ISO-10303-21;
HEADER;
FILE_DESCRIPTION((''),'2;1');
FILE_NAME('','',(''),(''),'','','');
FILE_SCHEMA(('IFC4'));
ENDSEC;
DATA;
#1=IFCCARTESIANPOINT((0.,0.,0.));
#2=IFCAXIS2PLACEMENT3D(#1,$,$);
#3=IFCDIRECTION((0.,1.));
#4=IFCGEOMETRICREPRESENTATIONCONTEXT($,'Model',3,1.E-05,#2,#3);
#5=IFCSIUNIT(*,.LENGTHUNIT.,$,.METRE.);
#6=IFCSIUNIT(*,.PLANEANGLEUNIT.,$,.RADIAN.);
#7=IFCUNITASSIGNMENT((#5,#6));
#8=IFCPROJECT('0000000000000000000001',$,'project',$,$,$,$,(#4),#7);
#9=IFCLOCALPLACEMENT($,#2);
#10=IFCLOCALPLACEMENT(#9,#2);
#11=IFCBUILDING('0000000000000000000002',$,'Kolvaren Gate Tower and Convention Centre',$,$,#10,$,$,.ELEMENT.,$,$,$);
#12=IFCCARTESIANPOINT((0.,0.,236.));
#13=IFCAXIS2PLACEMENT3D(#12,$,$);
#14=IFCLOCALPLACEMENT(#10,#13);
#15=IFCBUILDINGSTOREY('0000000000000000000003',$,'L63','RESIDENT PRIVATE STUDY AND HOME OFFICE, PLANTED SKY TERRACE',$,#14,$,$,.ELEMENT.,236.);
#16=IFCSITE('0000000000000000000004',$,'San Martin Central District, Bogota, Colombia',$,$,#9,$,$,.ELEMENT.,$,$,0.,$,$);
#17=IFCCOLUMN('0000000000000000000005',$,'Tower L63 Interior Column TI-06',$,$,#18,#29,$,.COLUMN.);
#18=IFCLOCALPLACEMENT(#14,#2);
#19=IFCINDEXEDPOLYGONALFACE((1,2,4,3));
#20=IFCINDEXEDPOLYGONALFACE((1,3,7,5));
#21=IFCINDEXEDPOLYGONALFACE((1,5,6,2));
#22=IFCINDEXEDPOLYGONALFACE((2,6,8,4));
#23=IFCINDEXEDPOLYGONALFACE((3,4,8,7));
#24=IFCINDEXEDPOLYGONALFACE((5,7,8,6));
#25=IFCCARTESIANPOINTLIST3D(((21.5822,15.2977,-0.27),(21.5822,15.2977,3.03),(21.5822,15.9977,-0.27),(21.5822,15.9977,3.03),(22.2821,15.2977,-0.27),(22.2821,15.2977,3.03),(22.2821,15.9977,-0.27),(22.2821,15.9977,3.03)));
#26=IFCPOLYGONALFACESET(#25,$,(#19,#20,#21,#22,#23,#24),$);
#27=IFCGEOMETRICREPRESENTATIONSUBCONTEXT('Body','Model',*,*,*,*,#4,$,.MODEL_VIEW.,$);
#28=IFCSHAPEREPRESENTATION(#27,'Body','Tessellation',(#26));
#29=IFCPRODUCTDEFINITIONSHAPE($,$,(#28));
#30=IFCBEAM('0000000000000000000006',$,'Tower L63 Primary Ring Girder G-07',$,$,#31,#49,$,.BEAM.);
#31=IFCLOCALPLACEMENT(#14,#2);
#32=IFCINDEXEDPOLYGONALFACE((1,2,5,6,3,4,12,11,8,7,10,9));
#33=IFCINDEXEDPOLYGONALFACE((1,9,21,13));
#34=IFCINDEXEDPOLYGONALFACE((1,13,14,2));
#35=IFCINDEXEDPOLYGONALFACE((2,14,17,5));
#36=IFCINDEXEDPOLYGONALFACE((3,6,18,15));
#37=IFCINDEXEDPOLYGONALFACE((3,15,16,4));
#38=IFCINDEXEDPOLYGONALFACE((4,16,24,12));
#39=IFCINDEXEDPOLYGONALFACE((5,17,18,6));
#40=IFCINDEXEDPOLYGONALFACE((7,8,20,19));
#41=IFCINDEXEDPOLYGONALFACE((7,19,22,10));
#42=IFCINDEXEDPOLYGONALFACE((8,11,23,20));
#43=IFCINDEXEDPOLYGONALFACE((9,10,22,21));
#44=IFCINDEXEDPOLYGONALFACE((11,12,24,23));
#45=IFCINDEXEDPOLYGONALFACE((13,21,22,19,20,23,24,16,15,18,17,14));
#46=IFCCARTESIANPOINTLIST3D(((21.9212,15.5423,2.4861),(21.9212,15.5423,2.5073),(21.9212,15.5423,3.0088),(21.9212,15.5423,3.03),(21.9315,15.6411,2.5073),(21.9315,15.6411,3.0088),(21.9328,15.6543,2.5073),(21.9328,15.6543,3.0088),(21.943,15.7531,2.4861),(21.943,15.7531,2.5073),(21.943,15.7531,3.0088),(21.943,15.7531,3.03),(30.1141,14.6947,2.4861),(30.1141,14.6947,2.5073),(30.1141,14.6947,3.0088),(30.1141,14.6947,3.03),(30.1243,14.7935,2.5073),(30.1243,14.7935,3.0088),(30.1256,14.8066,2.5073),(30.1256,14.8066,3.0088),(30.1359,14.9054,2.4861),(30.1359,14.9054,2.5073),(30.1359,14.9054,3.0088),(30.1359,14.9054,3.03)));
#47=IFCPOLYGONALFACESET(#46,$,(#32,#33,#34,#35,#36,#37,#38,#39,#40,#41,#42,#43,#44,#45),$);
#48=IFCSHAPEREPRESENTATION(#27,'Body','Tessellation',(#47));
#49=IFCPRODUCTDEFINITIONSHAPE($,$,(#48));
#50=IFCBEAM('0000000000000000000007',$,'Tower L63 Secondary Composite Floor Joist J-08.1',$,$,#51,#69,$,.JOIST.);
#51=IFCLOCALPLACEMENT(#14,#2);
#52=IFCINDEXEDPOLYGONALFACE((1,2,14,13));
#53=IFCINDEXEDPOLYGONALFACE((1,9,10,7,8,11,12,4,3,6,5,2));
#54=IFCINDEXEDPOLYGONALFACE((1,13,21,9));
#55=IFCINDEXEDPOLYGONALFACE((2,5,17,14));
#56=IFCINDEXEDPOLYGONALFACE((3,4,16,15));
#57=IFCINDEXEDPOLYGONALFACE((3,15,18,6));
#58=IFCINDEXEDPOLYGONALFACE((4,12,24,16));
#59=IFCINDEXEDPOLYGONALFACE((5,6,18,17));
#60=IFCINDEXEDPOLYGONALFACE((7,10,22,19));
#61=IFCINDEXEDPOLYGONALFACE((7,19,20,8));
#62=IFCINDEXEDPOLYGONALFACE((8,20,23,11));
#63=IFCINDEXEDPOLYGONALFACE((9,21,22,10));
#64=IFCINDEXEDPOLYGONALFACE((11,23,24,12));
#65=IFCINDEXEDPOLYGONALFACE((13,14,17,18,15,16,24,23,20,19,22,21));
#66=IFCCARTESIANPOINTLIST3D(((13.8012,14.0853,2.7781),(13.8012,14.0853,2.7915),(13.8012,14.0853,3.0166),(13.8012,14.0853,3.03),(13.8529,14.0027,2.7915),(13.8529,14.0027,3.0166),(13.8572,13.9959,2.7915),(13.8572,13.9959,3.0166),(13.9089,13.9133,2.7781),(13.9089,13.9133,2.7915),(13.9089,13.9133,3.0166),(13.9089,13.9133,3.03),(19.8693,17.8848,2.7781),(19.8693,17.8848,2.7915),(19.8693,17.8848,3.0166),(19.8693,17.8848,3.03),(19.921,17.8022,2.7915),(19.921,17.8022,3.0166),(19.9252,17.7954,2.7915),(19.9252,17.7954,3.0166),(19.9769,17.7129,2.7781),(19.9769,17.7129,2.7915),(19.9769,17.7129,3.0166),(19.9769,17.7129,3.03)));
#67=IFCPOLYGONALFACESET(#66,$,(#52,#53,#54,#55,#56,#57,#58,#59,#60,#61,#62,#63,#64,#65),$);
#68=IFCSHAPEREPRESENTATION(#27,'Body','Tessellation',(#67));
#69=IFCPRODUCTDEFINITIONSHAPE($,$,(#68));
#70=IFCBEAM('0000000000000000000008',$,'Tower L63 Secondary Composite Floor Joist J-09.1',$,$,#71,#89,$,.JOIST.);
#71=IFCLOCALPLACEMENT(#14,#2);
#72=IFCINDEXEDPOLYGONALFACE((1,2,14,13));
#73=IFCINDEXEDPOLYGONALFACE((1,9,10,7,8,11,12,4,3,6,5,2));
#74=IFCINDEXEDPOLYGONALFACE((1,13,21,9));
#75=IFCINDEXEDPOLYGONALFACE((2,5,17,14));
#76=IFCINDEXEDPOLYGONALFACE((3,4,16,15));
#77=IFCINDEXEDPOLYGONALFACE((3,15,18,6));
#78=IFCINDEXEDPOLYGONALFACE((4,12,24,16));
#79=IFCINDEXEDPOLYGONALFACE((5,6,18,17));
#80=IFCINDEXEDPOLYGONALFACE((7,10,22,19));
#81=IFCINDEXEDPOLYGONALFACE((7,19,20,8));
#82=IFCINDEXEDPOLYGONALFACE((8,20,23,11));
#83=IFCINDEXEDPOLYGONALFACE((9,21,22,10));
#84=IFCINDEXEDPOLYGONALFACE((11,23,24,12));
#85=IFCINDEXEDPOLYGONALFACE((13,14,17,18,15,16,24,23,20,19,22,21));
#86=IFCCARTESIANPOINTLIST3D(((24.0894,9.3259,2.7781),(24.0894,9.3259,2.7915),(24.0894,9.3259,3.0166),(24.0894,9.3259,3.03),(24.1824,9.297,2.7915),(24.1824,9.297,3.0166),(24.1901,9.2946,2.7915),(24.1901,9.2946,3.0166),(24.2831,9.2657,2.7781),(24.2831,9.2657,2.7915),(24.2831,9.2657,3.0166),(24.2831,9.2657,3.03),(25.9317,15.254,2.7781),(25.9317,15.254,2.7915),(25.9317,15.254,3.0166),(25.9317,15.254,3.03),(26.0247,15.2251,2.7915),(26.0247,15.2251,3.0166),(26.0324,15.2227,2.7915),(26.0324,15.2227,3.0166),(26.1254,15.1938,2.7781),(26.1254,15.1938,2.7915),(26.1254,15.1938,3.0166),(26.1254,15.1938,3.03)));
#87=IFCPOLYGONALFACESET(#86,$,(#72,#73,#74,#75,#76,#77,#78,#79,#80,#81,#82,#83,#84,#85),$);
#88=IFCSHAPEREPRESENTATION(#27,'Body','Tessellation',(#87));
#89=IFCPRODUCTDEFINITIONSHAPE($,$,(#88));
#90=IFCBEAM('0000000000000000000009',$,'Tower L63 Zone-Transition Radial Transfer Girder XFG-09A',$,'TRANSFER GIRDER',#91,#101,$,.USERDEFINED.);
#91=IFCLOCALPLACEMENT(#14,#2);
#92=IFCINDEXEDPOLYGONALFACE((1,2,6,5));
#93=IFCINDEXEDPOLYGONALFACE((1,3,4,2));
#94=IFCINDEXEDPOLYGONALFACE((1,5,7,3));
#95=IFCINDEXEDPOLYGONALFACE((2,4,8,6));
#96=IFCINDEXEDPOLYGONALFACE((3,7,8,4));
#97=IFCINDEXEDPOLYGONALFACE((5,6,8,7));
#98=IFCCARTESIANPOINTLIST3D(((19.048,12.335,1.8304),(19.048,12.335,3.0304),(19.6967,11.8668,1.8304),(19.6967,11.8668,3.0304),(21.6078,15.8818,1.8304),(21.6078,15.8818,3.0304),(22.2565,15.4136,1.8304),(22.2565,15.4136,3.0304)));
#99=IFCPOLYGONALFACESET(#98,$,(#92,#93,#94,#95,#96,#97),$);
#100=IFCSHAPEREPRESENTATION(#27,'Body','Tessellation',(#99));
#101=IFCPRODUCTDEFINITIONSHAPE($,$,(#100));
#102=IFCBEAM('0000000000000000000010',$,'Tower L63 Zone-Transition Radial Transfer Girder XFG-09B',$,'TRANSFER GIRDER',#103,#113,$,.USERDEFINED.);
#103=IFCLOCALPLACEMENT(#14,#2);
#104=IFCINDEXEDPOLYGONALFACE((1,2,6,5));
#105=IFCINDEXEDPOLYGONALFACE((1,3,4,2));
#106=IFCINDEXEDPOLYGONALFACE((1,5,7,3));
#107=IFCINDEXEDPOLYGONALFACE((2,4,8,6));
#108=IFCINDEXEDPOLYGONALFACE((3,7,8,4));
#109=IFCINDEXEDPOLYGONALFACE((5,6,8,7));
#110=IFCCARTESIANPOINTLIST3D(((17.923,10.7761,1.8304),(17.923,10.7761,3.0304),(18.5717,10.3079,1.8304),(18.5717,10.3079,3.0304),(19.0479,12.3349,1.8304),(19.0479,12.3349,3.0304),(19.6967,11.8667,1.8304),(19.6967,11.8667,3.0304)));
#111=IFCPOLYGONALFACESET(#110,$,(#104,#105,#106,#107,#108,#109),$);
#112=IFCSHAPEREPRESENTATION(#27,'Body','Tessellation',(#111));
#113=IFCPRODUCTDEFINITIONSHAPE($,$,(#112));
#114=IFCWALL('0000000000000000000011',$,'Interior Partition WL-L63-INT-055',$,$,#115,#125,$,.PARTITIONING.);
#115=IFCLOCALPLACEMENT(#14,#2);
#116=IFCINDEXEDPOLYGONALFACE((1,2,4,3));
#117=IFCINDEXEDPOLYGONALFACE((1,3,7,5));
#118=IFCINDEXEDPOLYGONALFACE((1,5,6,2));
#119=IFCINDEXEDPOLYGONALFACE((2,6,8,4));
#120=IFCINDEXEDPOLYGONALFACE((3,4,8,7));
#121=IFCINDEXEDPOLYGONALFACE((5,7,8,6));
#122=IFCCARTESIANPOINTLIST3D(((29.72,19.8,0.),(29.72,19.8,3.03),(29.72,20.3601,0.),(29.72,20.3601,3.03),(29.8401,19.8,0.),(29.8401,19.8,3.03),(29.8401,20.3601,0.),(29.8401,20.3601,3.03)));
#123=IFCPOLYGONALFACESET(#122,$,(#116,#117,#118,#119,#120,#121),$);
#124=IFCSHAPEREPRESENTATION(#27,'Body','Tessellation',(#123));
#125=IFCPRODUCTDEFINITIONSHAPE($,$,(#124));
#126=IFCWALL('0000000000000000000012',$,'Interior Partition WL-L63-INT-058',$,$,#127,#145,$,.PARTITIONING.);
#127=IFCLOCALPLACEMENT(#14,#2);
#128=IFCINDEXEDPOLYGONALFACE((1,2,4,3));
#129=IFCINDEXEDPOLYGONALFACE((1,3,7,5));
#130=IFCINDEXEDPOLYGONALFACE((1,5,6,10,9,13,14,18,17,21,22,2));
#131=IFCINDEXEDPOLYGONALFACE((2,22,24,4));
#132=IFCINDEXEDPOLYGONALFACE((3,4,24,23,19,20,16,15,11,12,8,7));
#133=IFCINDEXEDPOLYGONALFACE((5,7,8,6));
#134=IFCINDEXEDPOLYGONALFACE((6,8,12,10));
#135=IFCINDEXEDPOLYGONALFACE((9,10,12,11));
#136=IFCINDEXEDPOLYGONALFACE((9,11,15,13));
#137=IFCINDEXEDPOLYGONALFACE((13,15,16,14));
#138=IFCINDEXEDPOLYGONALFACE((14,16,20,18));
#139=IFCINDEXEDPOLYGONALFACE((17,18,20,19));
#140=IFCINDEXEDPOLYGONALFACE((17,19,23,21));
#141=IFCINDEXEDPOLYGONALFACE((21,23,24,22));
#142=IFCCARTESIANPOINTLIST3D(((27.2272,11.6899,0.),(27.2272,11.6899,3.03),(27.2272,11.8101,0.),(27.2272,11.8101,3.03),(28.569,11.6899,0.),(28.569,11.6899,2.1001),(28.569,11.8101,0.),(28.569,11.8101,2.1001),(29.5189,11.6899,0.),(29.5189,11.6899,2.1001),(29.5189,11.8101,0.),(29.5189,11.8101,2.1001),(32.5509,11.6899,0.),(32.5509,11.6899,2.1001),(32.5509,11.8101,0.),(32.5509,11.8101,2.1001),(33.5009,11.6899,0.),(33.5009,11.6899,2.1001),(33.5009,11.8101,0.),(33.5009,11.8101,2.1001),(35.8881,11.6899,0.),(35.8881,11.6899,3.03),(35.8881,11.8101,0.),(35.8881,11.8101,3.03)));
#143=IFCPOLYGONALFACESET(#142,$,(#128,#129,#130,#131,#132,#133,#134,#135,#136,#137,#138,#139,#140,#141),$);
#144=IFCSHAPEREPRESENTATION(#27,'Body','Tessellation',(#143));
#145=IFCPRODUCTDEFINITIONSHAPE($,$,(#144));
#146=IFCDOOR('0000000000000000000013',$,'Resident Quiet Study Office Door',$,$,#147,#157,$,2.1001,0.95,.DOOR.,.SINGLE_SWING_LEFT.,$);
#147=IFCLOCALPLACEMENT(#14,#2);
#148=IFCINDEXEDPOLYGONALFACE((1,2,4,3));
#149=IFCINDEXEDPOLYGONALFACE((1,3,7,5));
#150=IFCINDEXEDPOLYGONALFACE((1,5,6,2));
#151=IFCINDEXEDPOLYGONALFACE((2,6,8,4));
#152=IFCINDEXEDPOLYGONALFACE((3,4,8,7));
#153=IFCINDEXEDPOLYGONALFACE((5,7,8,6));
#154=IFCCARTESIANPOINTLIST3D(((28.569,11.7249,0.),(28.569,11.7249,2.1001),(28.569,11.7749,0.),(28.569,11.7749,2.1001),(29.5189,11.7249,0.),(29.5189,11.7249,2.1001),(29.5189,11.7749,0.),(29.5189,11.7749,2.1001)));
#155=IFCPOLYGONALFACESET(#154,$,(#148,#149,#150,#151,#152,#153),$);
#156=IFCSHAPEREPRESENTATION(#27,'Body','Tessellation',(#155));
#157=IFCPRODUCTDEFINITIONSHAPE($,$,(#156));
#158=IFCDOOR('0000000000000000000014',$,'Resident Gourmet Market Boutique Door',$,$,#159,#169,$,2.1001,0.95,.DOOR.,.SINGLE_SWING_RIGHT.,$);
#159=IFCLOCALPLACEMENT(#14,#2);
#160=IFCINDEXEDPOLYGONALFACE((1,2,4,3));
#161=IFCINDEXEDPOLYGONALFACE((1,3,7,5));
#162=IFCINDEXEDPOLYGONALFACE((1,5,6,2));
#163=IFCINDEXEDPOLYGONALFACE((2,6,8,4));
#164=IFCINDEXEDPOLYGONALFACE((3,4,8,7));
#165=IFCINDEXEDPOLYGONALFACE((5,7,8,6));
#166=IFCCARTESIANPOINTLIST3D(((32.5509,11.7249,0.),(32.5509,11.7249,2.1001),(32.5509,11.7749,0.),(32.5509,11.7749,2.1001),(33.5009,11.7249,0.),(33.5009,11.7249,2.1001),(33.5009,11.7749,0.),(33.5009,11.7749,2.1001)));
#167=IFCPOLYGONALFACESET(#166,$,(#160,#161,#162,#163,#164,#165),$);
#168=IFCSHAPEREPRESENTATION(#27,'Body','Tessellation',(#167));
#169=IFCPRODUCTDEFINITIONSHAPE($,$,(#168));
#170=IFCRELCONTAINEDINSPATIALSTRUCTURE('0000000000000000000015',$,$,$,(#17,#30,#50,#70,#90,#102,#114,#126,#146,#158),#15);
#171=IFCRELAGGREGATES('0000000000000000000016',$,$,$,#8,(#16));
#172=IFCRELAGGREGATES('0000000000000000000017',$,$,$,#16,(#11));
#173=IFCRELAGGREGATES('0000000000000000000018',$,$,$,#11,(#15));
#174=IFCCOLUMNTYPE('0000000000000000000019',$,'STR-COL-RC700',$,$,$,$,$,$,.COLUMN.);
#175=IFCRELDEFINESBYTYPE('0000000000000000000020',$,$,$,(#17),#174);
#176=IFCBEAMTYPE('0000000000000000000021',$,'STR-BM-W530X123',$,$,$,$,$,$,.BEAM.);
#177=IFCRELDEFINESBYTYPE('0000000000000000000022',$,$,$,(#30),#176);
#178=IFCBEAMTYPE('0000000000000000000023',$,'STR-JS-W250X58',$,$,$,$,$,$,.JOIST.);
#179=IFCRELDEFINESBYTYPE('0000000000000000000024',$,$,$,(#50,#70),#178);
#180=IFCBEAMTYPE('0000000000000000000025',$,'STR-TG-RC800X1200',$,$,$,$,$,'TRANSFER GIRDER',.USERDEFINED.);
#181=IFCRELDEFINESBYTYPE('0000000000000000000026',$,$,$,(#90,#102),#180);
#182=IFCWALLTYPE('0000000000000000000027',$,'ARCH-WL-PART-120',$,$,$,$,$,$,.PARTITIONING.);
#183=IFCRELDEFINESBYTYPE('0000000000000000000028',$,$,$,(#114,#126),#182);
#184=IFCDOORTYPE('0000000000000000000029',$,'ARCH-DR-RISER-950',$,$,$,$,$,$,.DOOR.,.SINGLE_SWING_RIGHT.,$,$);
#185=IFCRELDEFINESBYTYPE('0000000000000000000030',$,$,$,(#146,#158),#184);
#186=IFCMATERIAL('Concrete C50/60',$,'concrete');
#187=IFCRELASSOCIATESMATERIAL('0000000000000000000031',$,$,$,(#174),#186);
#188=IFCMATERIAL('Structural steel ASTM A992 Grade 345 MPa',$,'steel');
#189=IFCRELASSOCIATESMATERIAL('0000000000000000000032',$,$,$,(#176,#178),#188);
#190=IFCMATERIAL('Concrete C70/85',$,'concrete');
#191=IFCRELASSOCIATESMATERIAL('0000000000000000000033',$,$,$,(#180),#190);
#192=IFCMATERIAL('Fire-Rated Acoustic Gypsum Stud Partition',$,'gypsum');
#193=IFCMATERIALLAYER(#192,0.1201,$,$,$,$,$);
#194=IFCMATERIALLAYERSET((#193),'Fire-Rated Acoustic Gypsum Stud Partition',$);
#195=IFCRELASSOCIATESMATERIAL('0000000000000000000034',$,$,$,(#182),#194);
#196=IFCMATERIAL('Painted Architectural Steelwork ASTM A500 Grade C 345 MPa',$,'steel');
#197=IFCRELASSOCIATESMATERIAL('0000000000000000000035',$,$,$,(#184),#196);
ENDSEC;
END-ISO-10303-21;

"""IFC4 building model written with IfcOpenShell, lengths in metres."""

from ifc_helpers import new_model, si_unit, direction, frame, frame_2d, origin, origin_2d, place, context, subcontext, project, spatial, rectangle, i_section, extrude, material, layer, layer_set, material_profile, profile_set, type_object, element, fill, save


model = new_model("IFC4")

# Units and contexts
model_context = context("Model", 3, precision=1e-05, world=origin(), true_north=direction((0.0, 1.0)))
body_context = subcontext(model_context, "Body", "Model", "MODEL_VIEW")
ifc_project = project(units=[si_unit("LENGTHUNIT", "METRE"), si_unit("PLANEANGLEUNIT", "RADIAN")], contexts=[model_context])

# Site, building, storey
site_placement = place(None, origin())
site = spatial("IfcSite", under=ifc_project, at=site_placement, Name="San Martin Central District, Bogota, Colombia", CompositionType="ELEMENT", RefElevation=0.0)
building_placement = place(site_placement, origin())
building = spatial("IfcBuilding", under=site, at=building_placement, Name="Kolvaren Gate Tower and Convention Centre", CompositionType="ELEMENT")
storey_placement = place(building_placement, frame((0.0, 0.0, 236.0)))
storey = spatial("IfcBuildingStorey", under=building, at=storey_placement, Name="L63", Description="RESIDENT PRIVATE STUDY AND HOME OFFICE, PLANTED SKY TERRACE", CompositionType="ELEMENT", Elevation=236.0)

# Column
ifc_material_1 = material(Name="Concrete C50/60", Category="concrete")
ifc_material_profile_1 = material_profile(ifc_material_1, rectangle(XDim=0.7, YDim=0.7, at=origin_2d()), Name="RC-COL-700X700")
ifc_profile_set_1 = profile_set([ifc_material_profile_1], Name="Concrete C50/60")
column_type = type_object("IfcColumnType", Name="STR-COL-RC700", PredefinedType="COLUMN", material=ifc_profile_set_1)
column_placement = place(storey_placement, frame((21.9321, 15.6477, -0.27), z_axis=(0.0, 0.0, 1.0), x_axis=(1.0, 0.0, 0.0)))
element("IfcColumn", 1, at=column_placement, inside=storey, type_object=column_type, Name="Tower L63 Interior Column TI-06", PredefinedType="COLUMN", context=body_context, shape_type="SweptSolid", body=[
    extrude(rectangle(XDim=0.7, YDim=0.7, at=origin_2d()), origin(), (0.0, 0.0, 1.0), 3.3),
])

# Beams
ifc_material_2 = material(Name="Structural steel ASTM A992 Grade 345 MPa", Category="steel")
ifc_material_profile_2 = material_profile(ifc_material_2, i_section(OverallWidth=0.2119, OverallDepth=0.5439, WebThickness=0.0132, FlangeThickness=0.0212, at=origin_2d()), Name="W530X123")
ifc_profile_set_2 = profile_set([ifc_material_profile_2], Name="Structural steel ASTM A992 Grade 345 MPa")
beam_type_1 = type_object("IfcBeamType", Name="STR-BM-W530X123", PredefinedType="BEAM", material=ifc_profile_set_2)
beam_1_placement = place(storey_placement, frame((21.9321, 15.6477, 2.7581), z_axis=(0.99469, -0.102913, 0.0), x_axis=(0.102913, 0.99469, 0.0)))
element("IfcBeam", 2, at=beam_1_placement, inside=storey, type_object=beam_type_1, Name="Tower L63 Primary Ring Girder G-07", PredefinedType="BEAM", context=body_context, shape_type="SweptSolid", body=[
    extrude(i_section(OverallWidth=0.2119, OverallDepth=0.5439, WebThickness=0.0132, FlangeThickness=0.0212, at=origin_2d()), origin(), (0.0, 0.0, 1.0), 8.2366),
])
ifc_material_profile_3 = material_profile(ifc_material_2, i_section(OverallWidth=0.2029, OverallDepth=0.252, WebThickness=0.0081, FlangeThickness=0.0134, at=origin_2d()), Name="W250X58")
ifc_profile_set_3 = profile_set([ifc_material_profile_3], Name="Structural steel ASTM A992 Grade 345 MPa")
beam_type_2 = type_object("IfcBeamType", Name="STR-JS-W250X58", PredefinedType="JOIST", material=ifc_profile_set_3)
beam_2_placement = place(storey_placement, frame((19.9231, 17.7988, 2.9041), z_axis=(-0.847559, -0.530701, 0.0), x_axis=(0.530701, -0.847559, 0.0)))
element("IfcBeam", 3, at=beam_2_placement, inside=storey, type_object=beam_type_2, Name="Tower L63 Secondary Composite Floor Joist J-08.1", PredefinedType="JOIST", context=body_context, shape_type="SweptSolid", body=[
    extrude(i_section(OverallWidth=0.2029, OverallDepth=0.252, WebThickness=0.0081, FlangeThickness=0.0134, at=origin_2d()), origin(), (0.0, 0.0, 1.0), 7.1594),
])
beam_3_placement = place(storey_placement, frame((26.0286, 15.2239, 2.9041), z_axis=(-0.296776, -0.954947, 0.0), x_axis=(0.954947, -0.296776, 0.0)))
element("IfcBeam", 4, at=beam_3_placement, inside=storey, type_object=beam_type_2, Name="Tower L63 Secondary Composite Floor Joist J-09.1", PredefinedType="JOIST", context=body_context, shape_type="SweptSolid", body=[
    extrude(i_section(OverallWidth=0.2029, OverallDepth=0.252, WebThickness=0.0081, FlangeThickness=0.0134, at=origin_2d()), origin(), (0.0, 0.0, 1.0), 6.2078),
])
ifc_material_3 = material(Name="Concrete C70/85", Category="concrete")
ifc_material_profile_4 = material_profile(ifc_material_3, rectangle(XDim=0.8, YDim=1.2, at=origin_2d()), Name="RC-BM-800X1200")
ifc_profile_set_4 = profile_set([ifc_material_profile_4], Name="Concrete C70/85")
beam_type_3 = type_object("IfcBeamType", Name="STR-TG-RC800X1200", ElementType="TRANSFER GIRDER", PredefinedType="USERDEFINED", material=ifc_profile_set_4)
beam_4_placement = place(storey_placement, frame((21.9321, 15.6477, 2.4304), z_axis=(-0.585217, -0.810876, 0.0), x_axis=(0.810876, -0.585217, 0.0)))
element("IfcBeam", 5, at=beam_4_placement, inside=storey, type_object=beam_type_3, Name="Tower L63 Zone-Transition Radial Transfer Girder XFG-09A", ObjectType="TRANSFER GIRDER", PredefinedType="USERDEFINED", context=body_context, shape_type="SweptSolid", body=[
    extrude(rectangle(XDim=0.8, YDim=1.2, at=origin_2d()), origin(), (0.0, 0.0, 1.0), 4.374),
])
beam_5_placement = place(storey_placement, frame((19.3723, 12.1008, 2.4304), z_axis=(-0.585208, -0.810883, 0.0), x_axis=(0.810883, -0.585208, 0.0)))
element("IfcBeam", 6, at=beam_5_placement, inside=storey, type_object=beam_type_3, Name="Tower L63 Zone-Transition Radial Transfer Girder XFG-09B", ObjectType="TRANSFER GIRDER", PredefinedType="USERDEFINED", context=body_context, shape_type="SweptSolid", body=[
    extrude(rectangle(XDim=0.8, YDim=1.2, at=origin_2d()), origin(), (0.0, 0.0, 1.0), 1.9224),
])

# Wall
ifc_material_4 = material(Name="Fire-Rated Acoustic Gypsum Stud Partition", Category="gypsum")
ifc_layer_1 = layer(ifc_material_4, 0.1201)
ifc_layer_set_1 = layer_set([ifc_layer_1], Name="Fire-Rated Acoustic Gypsum Stud Partition")
wall_type_1 = type_object("IfcWallType", Name="ARCH-WL-PART-120", PredefinedType="PARTITIONING", material=ifc_layer_set_1)
wall_1_placement = place(storey_placement, frame((29.78, 19.8, 0.0), z_axis=(0.0, 0.0, 1.0), x_axis=(0.0, 1.0, 0.0)))
element("IfcWall", 7, at=wall_1_placement, inside=storey, type_object=wall_type_1, Name="Interior Partition WL-L63-INT-055", PredefinedType="PARTITIONING", context=body_context, shape_type="SweptSolid", body=[
    extrude(rectangle(XDim=0.5601, YDim=0.1201, at=frame_2d((0.28, 0.0))), origin(), (0.0, 0.0, 1.0), 3.03),
])

# Wall, openings, doors
wall_2_placement = place(storey_placement, frame((27.2271, 11.75, 0.0), z_axis=(0.0, 0.0, 1.0), x_axis=(1.0, 0.0, 0.0)))
wall_2 = element("IfcWall", 8, at=wall_2_placement, inside=storey, type_object=wall_type_1, Name="Interior Partition WL-L63-INT-058", PredefinedType="PARTITIONING", context=body_context, shape_type="SweptSolid", body=[
    extrude(rectangle(XDim=8.6609, YDim=0.1201, at=frame_2d((4.3306, 0.0))), origin(), (0.0, 0.0, 1.0), 3.03),
])
opening_1_placement = place(wall_2_placement, frame((1.3418, 0.0, 0.0)))
opening_1 = element("IfcOpeningElement", 9, at=opening_1_placement, cuts=wall_2, PredefinedType="OPENING", context=body_context, shape_type="SweptSolid", body=[
    extrude(rectangle(XDim=0.95, YDim=2.1001, at=frame_2d((0.4751, 1.05))), frame((0.0, 0.0701, 0.0), z_axis=(0.0, -1.0, 0.0), x_axis=(1.0, 0.0, 0.0)), (0.0, 0.0, 1.0), 0.1401),
])
opening_2_placement = place(wall_2_placement, frame((5.3237, 0.0, 0.0)))
opening_2 = element("IfcOpeningElement", 10, at=opening_2_placement, cuts=wall_2, PredefinedType="OPENING", context=body_context, shape_type="SweptSolid", body=[
    extrude(rectangle(XDim=0.95, YDim=2.1001, at=frame_2d((0.4751, 1.05))), frame((0.0, 0.0701, 0.0), z_axis=(0.0, -1.0, 0.0), x_axis=(1.0, 0.0, 0.0)), (0.0, 0.0, 1.0), 0.1401),
])
ifc_material_5 = material(Name="Painted Architectural Steelwork ASTM A500 Grade C 345 MPa", Category="steel")
door_type_1 = type_object("IfcDoorType", Name="ARCH-DR-RISER-950", OperationType="SINGLE_SWING_RIGHT", PredefinedType="DOOR", material=ifc_material_5)
door_1_placement = place(opening_1_placement, origin())
door_1 = element("IfcDoor", 11, at=door_1_placement, inside=storey, type_object=door_type_1, Name="Resident Quiet Study Office Door", OperationType="SINGLE_SWING_LEFT", OverallHeight=2.1001, OverallWidth=0.95, PredefinedType="DOOR", context=body_context, shape_type="SweptSolid", body=[
    extrude(rectangle(XDim=0.95, YDim=2.1001, at=frame_2d((0.4751, 1.05))), frame((0.0, 0.0249, 0.0), z_axis=(0.0, -1.0, 0.0), x_axis=(1.0, 0.0, 0.0)), (0.0, 0.0, 1.0), 0.05),
])
fill(opening_1, door_1)
door_2_placement = place(opening_2_placement, origin())
door_2 = element("IfcDoor", 12, at=door_2_placement, inside=storey, type_object=door_type_1, Name="Resident Gourmet Market Boutique Door", OperationType="SINGLE_SWING_RIGHT", OverallHeight=2.1001, OverallWidth=0.95, PredefinedType="DOOR", context=body_context, shape_type="SweptSolid", body=[
    extrude(rectangle(XDim=0.95, YDim=2.1001, at=frame_2d((0.4751, 1.05))), frame((0.0, 0.0249, 0.0), z_axis=(0.0, -1.0, 0.0), x_axis=(1.0, 0.0, 0.0)), (0.0, 0.0, 1.0), 0.05),
])
fill(opening_2, door_2)

save(model, "model.ifc")
